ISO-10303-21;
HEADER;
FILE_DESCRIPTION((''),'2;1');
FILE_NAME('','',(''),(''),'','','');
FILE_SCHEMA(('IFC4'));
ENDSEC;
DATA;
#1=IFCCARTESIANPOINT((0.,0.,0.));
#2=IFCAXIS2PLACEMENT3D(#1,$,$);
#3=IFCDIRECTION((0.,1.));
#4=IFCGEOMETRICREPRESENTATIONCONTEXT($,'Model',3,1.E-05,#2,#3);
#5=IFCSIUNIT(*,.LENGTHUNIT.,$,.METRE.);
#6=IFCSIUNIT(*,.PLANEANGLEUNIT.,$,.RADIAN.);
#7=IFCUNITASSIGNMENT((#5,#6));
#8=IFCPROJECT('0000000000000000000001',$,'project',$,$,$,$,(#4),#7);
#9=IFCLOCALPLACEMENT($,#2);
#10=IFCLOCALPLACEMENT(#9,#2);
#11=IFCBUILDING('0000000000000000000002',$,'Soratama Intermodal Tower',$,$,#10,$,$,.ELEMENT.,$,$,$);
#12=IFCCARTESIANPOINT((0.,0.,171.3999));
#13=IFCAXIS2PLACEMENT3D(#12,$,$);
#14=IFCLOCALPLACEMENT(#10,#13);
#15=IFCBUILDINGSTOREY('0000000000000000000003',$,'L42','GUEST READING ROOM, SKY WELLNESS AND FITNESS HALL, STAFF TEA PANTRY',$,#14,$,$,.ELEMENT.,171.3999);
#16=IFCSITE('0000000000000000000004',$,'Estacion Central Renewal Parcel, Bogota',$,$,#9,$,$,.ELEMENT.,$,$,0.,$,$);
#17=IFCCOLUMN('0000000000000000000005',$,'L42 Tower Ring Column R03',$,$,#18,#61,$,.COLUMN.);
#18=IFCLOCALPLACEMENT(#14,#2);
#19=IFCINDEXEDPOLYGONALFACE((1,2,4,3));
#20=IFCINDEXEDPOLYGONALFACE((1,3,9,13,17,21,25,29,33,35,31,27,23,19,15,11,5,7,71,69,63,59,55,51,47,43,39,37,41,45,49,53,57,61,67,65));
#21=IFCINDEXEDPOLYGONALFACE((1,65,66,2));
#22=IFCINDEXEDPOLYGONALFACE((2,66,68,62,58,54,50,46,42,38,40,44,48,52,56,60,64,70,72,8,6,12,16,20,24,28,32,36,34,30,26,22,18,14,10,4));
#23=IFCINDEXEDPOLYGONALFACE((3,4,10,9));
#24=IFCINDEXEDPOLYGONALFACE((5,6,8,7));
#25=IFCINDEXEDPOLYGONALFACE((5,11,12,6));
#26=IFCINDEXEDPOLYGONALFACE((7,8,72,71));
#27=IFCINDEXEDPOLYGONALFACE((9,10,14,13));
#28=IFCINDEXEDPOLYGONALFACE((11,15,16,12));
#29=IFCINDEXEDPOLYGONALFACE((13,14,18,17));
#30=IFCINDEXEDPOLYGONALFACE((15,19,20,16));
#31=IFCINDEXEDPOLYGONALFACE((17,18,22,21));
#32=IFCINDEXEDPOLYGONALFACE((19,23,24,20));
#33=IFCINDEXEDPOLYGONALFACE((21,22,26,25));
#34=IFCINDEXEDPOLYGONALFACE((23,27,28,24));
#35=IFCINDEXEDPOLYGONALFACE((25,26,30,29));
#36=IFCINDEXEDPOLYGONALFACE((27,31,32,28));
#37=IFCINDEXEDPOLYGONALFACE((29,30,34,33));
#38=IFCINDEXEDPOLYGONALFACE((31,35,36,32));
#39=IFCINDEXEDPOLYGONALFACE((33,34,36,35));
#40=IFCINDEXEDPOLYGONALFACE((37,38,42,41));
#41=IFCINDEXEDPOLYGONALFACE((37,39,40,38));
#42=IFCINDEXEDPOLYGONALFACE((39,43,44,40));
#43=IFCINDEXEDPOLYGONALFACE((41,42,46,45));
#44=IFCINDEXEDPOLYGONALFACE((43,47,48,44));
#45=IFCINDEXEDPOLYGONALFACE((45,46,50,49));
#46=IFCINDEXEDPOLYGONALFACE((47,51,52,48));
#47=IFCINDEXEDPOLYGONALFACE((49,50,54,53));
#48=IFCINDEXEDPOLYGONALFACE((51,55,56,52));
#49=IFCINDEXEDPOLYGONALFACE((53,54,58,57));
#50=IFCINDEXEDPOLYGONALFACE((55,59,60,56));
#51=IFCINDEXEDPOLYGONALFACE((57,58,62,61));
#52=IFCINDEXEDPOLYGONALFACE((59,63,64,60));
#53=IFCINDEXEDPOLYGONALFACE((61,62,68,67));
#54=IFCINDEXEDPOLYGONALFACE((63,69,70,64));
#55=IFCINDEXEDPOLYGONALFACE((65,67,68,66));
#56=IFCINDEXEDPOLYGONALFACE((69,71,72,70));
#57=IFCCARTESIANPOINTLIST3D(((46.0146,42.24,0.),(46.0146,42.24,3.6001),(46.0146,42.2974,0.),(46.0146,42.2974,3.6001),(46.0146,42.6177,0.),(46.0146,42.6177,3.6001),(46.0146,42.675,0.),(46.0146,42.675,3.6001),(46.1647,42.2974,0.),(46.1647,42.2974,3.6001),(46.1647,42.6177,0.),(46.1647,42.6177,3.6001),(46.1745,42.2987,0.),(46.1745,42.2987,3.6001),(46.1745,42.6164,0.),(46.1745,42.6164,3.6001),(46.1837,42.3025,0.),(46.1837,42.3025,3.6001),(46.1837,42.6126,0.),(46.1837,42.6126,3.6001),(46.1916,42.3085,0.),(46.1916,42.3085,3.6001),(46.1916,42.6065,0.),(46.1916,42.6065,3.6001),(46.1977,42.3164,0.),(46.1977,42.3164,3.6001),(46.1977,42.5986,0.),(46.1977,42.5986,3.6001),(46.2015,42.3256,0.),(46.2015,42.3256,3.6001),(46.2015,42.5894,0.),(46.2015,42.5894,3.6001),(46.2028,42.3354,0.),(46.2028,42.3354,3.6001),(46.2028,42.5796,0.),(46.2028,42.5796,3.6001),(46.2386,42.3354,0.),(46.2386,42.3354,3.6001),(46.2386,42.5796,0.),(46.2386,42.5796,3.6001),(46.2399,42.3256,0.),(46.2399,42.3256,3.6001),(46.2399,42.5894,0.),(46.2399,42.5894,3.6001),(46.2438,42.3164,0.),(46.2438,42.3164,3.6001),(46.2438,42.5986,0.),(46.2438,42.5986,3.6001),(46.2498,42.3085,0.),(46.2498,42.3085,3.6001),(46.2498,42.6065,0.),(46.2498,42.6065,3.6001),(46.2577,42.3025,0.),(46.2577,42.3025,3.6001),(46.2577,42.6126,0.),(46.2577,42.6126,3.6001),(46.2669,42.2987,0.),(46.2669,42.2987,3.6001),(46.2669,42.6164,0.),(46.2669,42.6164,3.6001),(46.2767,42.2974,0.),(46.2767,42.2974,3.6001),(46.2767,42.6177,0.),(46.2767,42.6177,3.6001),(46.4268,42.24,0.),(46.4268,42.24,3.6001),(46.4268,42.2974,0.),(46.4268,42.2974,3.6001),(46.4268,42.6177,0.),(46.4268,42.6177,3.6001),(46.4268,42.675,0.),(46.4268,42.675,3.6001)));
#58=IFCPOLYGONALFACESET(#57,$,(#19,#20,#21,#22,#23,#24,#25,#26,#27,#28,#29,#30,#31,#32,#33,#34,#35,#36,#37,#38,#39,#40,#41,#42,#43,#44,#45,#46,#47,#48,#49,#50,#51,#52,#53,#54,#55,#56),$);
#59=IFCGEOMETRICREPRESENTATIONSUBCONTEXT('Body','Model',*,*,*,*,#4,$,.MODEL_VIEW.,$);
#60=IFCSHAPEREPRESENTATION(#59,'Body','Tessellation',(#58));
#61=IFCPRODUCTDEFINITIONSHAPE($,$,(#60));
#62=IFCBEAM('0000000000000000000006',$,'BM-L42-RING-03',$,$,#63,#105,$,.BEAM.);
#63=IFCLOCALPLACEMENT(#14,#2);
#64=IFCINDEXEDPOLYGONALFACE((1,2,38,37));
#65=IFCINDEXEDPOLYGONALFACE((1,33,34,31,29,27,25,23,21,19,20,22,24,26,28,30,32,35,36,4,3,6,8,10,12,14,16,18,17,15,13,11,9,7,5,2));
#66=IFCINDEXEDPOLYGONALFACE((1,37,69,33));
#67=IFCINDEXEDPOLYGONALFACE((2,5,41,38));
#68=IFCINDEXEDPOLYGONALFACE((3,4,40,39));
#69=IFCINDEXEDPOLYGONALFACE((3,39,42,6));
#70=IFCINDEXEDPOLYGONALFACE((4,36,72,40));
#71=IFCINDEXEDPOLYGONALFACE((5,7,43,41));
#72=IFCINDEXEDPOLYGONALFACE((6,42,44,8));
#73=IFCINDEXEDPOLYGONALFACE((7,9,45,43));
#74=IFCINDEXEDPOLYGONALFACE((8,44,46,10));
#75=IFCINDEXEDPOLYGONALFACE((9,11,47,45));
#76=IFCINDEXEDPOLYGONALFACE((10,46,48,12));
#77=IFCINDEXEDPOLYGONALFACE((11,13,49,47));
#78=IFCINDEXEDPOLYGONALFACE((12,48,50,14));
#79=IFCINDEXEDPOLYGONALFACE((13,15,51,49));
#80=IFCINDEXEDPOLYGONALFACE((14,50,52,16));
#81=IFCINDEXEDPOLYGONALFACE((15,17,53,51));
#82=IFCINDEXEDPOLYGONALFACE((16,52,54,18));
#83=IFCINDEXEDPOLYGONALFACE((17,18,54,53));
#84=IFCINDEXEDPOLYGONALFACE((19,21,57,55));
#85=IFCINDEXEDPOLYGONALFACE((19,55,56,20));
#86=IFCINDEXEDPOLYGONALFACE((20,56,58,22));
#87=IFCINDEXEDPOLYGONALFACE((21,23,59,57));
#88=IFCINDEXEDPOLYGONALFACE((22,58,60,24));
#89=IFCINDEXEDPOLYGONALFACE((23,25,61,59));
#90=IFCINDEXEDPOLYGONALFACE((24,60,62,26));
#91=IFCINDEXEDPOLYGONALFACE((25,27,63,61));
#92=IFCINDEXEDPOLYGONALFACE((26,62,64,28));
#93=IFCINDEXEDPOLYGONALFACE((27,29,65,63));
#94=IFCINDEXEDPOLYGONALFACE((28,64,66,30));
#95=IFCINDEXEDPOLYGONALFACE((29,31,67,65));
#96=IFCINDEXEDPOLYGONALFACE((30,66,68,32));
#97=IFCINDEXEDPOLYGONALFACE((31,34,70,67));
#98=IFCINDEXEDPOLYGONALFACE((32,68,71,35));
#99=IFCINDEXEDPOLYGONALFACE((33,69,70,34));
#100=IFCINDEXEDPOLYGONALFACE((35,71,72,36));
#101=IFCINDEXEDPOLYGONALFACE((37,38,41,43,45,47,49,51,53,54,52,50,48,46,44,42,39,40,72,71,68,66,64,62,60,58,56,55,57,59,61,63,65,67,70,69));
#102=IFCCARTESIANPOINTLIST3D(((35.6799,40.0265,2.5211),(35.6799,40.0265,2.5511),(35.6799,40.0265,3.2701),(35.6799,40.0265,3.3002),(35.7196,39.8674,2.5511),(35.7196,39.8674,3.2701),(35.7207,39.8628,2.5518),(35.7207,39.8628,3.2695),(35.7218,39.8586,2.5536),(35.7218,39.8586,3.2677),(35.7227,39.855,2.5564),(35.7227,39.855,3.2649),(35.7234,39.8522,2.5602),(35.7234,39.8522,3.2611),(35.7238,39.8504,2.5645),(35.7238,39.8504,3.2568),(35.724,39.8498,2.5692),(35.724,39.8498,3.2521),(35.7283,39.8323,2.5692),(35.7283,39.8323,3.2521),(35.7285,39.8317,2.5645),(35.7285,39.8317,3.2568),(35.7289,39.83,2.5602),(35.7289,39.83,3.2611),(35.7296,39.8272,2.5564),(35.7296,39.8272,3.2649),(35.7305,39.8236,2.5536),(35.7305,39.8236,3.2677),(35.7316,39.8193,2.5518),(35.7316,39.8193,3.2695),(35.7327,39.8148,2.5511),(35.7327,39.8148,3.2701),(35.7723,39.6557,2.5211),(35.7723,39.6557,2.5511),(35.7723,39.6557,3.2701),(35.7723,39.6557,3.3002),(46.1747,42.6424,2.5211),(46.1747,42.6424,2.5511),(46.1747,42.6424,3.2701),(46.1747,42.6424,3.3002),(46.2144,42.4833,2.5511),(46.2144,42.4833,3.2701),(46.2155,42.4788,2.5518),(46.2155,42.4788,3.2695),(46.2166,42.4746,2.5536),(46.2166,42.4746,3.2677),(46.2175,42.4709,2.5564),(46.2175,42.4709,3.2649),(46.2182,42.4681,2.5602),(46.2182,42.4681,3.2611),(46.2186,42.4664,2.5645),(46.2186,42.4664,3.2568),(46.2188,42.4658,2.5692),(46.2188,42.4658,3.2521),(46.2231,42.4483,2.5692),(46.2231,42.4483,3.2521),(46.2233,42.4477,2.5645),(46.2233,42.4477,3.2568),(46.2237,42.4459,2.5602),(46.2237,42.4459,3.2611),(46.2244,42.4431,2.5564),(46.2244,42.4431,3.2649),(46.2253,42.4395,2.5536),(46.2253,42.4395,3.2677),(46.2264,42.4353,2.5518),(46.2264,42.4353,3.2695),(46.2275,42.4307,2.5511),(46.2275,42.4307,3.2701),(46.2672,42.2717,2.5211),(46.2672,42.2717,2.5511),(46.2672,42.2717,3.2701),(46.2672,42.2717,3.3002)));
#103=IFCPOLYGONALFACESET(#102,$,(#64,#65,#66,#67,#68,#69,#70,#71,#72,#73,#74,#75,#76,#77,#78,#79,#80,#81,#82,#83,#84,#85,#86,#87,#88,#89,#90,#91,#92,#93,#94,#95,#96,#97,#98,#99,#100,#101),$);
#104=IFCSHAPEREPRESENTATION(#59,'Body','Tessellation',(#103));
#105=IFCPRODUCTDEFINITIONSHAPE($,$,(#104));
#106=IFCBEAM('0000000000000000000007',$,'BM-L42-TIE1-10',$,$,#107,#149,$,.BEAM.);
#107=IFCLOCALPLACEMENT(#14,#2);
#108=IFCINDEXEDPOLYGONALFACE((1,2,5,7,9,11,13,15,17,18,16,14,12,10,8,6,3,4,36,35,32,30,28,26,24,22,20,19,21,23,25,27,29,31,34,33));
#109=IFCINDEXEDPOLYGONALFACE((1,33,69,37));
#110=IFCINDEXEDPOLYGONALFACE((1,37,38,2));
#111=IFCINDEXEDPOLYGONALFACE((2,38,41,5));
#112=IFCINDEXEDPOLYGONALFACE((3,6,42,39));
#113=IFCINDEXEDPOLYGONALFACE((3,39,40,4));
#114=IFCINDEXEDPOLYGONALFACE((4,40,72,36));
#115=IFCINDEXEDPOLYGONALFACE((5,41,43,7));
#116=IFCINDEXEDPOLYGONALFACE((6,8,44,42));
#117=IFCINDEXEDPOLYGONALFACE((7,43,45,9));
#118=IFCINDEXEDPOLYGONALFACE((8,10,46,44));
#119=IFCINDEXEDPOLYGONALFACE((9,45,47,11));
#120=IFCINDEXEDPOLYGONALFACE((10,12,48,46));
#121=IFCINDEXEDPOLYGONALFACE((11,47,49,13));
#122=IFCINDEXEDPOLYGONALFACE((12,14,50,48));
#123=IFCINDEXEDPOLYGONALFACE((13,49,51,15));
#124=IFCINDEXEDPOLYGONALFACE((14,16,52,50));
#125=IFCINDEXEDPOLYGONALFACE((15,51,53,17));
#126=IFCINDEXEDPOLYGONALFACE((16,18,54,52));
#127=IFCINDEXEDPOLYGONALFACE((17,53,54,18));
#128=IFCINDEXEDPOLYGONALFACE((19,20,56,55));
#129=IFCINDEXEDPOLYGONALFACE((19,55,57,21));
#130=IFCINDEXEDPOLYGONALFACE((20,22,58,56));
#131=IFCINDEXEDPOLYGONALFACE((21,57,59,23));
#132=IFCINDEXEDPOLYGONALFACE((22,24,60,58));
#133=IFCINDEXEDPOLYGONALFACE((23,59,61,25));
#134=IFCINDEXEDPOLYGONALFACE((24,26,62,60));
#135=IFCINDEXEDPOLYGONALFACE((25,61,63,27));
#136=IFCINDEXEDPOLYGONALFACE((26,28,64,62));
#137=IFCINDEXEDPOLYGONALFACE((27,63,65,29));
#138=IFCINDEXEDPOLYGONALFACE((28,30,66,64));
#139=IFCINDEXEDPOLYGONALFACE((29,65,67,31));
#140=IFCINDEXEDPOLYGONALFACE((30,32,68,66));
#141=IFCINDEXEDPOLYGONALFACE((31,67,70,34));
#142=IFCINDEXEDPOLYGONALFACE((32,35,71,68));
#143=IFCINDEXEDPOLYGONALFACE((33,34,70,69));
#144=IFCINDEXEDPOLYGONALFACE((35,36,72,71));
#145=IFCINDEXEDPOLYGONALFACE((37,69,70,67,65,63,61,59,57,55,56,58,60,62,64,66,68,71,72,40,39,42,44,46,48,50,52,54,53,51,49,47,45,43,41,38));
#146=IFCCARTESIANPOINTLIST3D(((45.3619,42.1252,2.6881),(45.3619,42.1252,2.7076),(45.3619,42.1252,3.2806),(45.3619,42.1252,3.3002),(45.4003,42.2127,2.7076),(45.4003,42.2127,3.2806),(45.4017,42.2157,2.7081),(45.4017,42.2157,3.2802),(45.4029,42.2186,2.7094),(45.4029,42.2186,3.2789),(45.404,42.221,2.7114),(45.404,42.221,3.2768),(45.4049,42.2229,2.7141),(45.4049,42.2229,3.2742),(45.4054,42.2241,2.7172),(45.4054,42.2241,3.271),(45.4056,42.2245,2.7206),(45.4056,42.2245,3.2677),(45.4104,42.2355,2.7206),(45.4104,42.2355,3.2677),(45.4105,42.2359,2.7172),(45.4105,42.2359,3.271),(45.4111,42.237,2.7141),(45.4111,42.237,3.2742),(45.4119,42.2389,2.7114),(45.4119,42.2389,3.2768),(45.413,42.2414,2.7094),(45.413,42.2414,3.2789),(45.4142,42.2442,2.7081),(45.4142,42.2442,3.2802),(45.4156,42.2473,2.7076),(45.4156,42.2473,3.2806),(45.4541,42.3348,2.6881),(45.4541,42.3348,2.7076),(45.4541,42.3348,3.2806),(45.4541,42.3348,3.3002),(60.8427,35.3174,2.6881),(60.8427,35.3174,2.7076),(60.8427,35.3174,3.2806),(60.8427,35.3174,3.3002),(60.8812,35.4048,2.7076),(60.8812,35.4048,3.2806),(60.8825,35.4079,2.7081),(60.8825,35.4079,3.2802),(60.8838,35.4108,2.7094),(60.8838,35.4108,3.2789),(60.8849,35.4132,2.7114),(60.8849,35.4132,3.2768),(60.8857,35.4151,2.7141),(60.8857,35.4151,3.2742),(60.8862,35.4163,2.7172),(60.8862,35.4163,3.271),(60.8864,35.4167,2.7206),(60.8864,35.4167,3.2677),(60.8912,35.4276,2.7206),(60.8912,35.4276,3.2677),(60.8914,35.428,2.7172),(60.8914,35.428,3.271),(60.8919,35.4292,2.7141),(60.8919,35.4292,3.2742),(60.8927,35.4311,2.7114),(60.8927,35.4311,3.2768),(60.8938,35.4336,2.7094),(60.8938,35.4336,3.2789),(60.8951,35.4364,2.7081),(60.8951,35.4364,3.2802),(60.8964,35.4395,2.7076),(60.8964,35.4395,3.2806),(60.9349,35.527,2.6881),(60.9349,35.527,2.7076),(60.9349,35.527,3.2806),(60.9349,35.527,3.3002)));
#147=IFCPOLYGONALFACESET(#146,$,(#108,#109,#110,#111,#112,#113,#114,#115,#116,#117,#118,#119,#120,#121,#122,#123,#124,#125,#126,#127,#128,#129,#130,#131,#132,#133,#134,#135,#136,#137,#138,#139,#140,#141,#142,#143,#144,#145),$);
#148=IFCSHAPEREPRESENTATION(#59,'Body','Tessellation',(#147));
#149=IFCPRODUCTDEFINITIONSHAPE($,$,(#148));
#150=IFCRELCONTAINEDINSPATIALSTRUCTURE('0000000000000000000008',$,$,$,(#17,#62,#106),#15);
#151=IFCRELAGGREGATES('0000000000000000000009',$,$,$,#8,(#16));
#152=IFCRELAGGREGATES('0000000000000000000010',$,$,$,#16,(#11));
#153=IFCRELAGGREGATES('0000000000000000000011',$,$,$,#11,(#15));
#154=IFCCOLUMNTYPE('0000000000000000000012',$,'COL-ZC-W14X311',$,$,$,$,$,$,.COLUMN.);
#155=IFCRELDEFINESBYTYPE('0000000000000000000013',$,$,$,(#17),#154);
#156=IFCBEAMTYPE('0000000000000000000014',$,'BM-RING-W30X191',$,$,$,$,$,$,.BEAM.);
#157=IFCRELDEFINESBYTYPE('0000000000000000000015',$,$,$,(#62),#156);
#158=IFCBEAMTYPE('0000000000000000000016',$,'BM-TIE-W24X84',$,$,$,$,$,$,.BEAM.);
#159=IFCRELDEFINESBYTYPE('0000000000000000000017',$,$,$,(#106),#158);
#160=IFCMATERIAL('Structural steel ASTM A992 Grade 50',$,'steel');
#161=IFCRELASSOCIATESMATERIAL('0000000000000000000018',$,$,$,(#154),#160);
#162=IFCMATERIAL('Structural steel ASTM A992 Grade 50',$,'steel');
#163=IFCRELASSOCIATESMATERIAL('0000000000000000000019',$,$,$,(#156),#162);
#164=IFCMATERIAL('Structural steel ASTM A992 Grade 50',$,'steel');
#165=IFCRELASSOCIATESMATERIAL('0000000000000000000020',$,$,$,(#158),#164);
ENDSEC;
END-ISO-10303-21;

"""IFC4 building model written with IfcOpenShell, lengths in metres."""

from ifc_helpers import new_model, si_unit, direction, frame, origin, origin_2d, place, context, subcontext, project, spatial, i_section, extrude, material, material_profile, profile_set, type_object, element, save


model = new_model("IFC4")

# Units and contexts
model_context = context("Model", 3, precision=1e-05, world=origin(), true_north=direction((0.0, 1.0)))
body_context = subcontext(model_context, "Body", "Model", "MODEL_VIEW")
ifc_project = project(units=[si_unit("LENGTHUNIT", "METRE"), si_unit("PLANEANGLEUNIT", "RADIAN")], contexts=[model_context])

# Site, building, storey
site_placement = place(None, origin())
site = spatial("IfcSite", under=ifc_project, at=site_placement, Name="Estacion Central Renewal Parcel, Bogota", CompositionType="ELEMENT", RefElevation=0.0)
building_placement = place(site_placement, origin())
building = spatial("IfcBuilding", under=site, at=building_placement, Name="Soratama Intermodal Tower", CompositionType="ELEMENT")
storey_placement = place(building_placement, frame((0.0, 0.0, 171.3999)))
storey = spatial("IfcBuildingStorey", under=building, at=storey_placement, Name="L42", Description="GUEST READING ROOM, SKY WELLNESS AND FITNESS HALL, STAFF TEA PANTRY", CompositionType="ELEMENT", Elevation=171.3999)

# Column
ifc_material_1 = material(Name="Structural steel ASTM A992 Grade 50", Category="steel")
ifc_material_profile_1 = material_profile(ifc_material_1, i_section(OverallWidth=0.4121, OverallDepth=0.4351, WebThickness=0.0359, FlangeThickness=0.0574, FilletRadius=0.0381, at=origin_2d()), Name="W14X311")
ifc_profile_set_1 = profile_set([ifc_material_profile_1], Name="Structural steel ASTM A992 Grade 50")
column_type = type_object("IfcColumnType", Name="COL-ZC-W14X311", PredefinedType="COLUMN", material=ifc_profile_set_1)
column_placement = place(storey_placement, frame((46.2207, 42.4575, 0.0), z_axis=(0.0, 0.0, 1.0), x_axis=(1.0, 0.0, 0.0)))
element("IfcColumn", 1, at=column_placement, inside=storey, type_object=column_type, Name="L42 Tower Ring Column R03", PredefinedType="COLUMN", context=body_context, shape_type="SweptSolid", body=[
    extrude(i_section(OverallWidth=0.4121, OverallDepth=0.4351, WebThickness=0.0359, FlangeThickness=0.0574, FilletRadius=0.0381, at=origin_2d()), origin(), (0.0, 0.0, 1.0), 3.6001),
])

# Beams
ifc_material_2 = material(Name="Structural steel ASTM A992 Grade 50", Category="steel")
ifc_material_profile_2 = material_profile(ifc_material_2, i_section(OverallWidth=0.3821, OverallDepth=0.7791, WebThickness=0.0181, FlangeThickness=0.03, FilletRadius=0.0181, at=origin_2d()), Name="W30X191")
ifc_profile_set_2 = profile_set([ifc_material_profile_2], Name="Structural steel ASTM A992 Grade 50")
beam_type_1 = type_object("IfcBeamType", Name="BM-RING-W30X191", PredefinedType="BEAM", material=ifc_profile_set_2)
beam_1_placement = place(storey_placement, frame((46.2209, 42.457, 2.9106), z_axis=(-0.970311, -0.241861, 0.0), x_axis=(0.241861, -0.970311, 0.0)))
element("IfcBeam", 2, at=beam_1_placement, inside=storey, type_object=beam_type_1, Name="BM-L42-RING-03", PredefinedType="BEAM", context=body_context, shape_type="SweptSolid", body=[
    extrude(i_section(OverallWidth=0.3821, OverallDepth=0.7791, WebThickness=0.0181, FlangeThickness=0.03, FilletRadius=0.0181, at=origin_2d()), origin(), (0.0, 0.0, 1.0), 10.8159),
])
ifc_material_3 = material(Name="Structural steel ASTM A992 Grade 50", Category="steel")
ifc_material_profile_3 = material_profile(ifc_material_3, i_section(OverallWidth=0.229, OverallDepth=0.6121, WebThickness=0.012, FlangeThickness=0.0195, FilletRadius=0.0129, at=origin_2d()), Name="W24X84")
ifc_profile_set_3 = profile_set([ifc_material_profile_3], Name="Structural steel ASTM A992 Grade 50")
beam_type_2 = type_object("IfcBeamType", Name="BM-TIE-W24X84", PredefinedType="BEAM", material=ifc_profile_set_3)
beam_2_placement = place(storey_placement, frame((45.408, 42.23, 2.9941), z_axis=(0.915397, -0.402552, 0.0), x_axis=(0.402552, 0.915397, 0.0)))
element("IfcBeam", 3, at=beam_2_placement, inside=storey, type_object=beam_type_2, Name="BM-L42-TIE1-10", PredefinedType="BEAM", context=body_context, shape_type="SweptSolid", body=[
    extrude(i_section(OverallWidth=0.229, OverallDepth=0.6121, WebThickness=0.012, FlangeThickness=0.0195, FilletRadius=0.0129, at=origin_2d()), origin(), (0.0, 0.0, 1.0), 16.9116),
])

save(model, "model.ifc")
